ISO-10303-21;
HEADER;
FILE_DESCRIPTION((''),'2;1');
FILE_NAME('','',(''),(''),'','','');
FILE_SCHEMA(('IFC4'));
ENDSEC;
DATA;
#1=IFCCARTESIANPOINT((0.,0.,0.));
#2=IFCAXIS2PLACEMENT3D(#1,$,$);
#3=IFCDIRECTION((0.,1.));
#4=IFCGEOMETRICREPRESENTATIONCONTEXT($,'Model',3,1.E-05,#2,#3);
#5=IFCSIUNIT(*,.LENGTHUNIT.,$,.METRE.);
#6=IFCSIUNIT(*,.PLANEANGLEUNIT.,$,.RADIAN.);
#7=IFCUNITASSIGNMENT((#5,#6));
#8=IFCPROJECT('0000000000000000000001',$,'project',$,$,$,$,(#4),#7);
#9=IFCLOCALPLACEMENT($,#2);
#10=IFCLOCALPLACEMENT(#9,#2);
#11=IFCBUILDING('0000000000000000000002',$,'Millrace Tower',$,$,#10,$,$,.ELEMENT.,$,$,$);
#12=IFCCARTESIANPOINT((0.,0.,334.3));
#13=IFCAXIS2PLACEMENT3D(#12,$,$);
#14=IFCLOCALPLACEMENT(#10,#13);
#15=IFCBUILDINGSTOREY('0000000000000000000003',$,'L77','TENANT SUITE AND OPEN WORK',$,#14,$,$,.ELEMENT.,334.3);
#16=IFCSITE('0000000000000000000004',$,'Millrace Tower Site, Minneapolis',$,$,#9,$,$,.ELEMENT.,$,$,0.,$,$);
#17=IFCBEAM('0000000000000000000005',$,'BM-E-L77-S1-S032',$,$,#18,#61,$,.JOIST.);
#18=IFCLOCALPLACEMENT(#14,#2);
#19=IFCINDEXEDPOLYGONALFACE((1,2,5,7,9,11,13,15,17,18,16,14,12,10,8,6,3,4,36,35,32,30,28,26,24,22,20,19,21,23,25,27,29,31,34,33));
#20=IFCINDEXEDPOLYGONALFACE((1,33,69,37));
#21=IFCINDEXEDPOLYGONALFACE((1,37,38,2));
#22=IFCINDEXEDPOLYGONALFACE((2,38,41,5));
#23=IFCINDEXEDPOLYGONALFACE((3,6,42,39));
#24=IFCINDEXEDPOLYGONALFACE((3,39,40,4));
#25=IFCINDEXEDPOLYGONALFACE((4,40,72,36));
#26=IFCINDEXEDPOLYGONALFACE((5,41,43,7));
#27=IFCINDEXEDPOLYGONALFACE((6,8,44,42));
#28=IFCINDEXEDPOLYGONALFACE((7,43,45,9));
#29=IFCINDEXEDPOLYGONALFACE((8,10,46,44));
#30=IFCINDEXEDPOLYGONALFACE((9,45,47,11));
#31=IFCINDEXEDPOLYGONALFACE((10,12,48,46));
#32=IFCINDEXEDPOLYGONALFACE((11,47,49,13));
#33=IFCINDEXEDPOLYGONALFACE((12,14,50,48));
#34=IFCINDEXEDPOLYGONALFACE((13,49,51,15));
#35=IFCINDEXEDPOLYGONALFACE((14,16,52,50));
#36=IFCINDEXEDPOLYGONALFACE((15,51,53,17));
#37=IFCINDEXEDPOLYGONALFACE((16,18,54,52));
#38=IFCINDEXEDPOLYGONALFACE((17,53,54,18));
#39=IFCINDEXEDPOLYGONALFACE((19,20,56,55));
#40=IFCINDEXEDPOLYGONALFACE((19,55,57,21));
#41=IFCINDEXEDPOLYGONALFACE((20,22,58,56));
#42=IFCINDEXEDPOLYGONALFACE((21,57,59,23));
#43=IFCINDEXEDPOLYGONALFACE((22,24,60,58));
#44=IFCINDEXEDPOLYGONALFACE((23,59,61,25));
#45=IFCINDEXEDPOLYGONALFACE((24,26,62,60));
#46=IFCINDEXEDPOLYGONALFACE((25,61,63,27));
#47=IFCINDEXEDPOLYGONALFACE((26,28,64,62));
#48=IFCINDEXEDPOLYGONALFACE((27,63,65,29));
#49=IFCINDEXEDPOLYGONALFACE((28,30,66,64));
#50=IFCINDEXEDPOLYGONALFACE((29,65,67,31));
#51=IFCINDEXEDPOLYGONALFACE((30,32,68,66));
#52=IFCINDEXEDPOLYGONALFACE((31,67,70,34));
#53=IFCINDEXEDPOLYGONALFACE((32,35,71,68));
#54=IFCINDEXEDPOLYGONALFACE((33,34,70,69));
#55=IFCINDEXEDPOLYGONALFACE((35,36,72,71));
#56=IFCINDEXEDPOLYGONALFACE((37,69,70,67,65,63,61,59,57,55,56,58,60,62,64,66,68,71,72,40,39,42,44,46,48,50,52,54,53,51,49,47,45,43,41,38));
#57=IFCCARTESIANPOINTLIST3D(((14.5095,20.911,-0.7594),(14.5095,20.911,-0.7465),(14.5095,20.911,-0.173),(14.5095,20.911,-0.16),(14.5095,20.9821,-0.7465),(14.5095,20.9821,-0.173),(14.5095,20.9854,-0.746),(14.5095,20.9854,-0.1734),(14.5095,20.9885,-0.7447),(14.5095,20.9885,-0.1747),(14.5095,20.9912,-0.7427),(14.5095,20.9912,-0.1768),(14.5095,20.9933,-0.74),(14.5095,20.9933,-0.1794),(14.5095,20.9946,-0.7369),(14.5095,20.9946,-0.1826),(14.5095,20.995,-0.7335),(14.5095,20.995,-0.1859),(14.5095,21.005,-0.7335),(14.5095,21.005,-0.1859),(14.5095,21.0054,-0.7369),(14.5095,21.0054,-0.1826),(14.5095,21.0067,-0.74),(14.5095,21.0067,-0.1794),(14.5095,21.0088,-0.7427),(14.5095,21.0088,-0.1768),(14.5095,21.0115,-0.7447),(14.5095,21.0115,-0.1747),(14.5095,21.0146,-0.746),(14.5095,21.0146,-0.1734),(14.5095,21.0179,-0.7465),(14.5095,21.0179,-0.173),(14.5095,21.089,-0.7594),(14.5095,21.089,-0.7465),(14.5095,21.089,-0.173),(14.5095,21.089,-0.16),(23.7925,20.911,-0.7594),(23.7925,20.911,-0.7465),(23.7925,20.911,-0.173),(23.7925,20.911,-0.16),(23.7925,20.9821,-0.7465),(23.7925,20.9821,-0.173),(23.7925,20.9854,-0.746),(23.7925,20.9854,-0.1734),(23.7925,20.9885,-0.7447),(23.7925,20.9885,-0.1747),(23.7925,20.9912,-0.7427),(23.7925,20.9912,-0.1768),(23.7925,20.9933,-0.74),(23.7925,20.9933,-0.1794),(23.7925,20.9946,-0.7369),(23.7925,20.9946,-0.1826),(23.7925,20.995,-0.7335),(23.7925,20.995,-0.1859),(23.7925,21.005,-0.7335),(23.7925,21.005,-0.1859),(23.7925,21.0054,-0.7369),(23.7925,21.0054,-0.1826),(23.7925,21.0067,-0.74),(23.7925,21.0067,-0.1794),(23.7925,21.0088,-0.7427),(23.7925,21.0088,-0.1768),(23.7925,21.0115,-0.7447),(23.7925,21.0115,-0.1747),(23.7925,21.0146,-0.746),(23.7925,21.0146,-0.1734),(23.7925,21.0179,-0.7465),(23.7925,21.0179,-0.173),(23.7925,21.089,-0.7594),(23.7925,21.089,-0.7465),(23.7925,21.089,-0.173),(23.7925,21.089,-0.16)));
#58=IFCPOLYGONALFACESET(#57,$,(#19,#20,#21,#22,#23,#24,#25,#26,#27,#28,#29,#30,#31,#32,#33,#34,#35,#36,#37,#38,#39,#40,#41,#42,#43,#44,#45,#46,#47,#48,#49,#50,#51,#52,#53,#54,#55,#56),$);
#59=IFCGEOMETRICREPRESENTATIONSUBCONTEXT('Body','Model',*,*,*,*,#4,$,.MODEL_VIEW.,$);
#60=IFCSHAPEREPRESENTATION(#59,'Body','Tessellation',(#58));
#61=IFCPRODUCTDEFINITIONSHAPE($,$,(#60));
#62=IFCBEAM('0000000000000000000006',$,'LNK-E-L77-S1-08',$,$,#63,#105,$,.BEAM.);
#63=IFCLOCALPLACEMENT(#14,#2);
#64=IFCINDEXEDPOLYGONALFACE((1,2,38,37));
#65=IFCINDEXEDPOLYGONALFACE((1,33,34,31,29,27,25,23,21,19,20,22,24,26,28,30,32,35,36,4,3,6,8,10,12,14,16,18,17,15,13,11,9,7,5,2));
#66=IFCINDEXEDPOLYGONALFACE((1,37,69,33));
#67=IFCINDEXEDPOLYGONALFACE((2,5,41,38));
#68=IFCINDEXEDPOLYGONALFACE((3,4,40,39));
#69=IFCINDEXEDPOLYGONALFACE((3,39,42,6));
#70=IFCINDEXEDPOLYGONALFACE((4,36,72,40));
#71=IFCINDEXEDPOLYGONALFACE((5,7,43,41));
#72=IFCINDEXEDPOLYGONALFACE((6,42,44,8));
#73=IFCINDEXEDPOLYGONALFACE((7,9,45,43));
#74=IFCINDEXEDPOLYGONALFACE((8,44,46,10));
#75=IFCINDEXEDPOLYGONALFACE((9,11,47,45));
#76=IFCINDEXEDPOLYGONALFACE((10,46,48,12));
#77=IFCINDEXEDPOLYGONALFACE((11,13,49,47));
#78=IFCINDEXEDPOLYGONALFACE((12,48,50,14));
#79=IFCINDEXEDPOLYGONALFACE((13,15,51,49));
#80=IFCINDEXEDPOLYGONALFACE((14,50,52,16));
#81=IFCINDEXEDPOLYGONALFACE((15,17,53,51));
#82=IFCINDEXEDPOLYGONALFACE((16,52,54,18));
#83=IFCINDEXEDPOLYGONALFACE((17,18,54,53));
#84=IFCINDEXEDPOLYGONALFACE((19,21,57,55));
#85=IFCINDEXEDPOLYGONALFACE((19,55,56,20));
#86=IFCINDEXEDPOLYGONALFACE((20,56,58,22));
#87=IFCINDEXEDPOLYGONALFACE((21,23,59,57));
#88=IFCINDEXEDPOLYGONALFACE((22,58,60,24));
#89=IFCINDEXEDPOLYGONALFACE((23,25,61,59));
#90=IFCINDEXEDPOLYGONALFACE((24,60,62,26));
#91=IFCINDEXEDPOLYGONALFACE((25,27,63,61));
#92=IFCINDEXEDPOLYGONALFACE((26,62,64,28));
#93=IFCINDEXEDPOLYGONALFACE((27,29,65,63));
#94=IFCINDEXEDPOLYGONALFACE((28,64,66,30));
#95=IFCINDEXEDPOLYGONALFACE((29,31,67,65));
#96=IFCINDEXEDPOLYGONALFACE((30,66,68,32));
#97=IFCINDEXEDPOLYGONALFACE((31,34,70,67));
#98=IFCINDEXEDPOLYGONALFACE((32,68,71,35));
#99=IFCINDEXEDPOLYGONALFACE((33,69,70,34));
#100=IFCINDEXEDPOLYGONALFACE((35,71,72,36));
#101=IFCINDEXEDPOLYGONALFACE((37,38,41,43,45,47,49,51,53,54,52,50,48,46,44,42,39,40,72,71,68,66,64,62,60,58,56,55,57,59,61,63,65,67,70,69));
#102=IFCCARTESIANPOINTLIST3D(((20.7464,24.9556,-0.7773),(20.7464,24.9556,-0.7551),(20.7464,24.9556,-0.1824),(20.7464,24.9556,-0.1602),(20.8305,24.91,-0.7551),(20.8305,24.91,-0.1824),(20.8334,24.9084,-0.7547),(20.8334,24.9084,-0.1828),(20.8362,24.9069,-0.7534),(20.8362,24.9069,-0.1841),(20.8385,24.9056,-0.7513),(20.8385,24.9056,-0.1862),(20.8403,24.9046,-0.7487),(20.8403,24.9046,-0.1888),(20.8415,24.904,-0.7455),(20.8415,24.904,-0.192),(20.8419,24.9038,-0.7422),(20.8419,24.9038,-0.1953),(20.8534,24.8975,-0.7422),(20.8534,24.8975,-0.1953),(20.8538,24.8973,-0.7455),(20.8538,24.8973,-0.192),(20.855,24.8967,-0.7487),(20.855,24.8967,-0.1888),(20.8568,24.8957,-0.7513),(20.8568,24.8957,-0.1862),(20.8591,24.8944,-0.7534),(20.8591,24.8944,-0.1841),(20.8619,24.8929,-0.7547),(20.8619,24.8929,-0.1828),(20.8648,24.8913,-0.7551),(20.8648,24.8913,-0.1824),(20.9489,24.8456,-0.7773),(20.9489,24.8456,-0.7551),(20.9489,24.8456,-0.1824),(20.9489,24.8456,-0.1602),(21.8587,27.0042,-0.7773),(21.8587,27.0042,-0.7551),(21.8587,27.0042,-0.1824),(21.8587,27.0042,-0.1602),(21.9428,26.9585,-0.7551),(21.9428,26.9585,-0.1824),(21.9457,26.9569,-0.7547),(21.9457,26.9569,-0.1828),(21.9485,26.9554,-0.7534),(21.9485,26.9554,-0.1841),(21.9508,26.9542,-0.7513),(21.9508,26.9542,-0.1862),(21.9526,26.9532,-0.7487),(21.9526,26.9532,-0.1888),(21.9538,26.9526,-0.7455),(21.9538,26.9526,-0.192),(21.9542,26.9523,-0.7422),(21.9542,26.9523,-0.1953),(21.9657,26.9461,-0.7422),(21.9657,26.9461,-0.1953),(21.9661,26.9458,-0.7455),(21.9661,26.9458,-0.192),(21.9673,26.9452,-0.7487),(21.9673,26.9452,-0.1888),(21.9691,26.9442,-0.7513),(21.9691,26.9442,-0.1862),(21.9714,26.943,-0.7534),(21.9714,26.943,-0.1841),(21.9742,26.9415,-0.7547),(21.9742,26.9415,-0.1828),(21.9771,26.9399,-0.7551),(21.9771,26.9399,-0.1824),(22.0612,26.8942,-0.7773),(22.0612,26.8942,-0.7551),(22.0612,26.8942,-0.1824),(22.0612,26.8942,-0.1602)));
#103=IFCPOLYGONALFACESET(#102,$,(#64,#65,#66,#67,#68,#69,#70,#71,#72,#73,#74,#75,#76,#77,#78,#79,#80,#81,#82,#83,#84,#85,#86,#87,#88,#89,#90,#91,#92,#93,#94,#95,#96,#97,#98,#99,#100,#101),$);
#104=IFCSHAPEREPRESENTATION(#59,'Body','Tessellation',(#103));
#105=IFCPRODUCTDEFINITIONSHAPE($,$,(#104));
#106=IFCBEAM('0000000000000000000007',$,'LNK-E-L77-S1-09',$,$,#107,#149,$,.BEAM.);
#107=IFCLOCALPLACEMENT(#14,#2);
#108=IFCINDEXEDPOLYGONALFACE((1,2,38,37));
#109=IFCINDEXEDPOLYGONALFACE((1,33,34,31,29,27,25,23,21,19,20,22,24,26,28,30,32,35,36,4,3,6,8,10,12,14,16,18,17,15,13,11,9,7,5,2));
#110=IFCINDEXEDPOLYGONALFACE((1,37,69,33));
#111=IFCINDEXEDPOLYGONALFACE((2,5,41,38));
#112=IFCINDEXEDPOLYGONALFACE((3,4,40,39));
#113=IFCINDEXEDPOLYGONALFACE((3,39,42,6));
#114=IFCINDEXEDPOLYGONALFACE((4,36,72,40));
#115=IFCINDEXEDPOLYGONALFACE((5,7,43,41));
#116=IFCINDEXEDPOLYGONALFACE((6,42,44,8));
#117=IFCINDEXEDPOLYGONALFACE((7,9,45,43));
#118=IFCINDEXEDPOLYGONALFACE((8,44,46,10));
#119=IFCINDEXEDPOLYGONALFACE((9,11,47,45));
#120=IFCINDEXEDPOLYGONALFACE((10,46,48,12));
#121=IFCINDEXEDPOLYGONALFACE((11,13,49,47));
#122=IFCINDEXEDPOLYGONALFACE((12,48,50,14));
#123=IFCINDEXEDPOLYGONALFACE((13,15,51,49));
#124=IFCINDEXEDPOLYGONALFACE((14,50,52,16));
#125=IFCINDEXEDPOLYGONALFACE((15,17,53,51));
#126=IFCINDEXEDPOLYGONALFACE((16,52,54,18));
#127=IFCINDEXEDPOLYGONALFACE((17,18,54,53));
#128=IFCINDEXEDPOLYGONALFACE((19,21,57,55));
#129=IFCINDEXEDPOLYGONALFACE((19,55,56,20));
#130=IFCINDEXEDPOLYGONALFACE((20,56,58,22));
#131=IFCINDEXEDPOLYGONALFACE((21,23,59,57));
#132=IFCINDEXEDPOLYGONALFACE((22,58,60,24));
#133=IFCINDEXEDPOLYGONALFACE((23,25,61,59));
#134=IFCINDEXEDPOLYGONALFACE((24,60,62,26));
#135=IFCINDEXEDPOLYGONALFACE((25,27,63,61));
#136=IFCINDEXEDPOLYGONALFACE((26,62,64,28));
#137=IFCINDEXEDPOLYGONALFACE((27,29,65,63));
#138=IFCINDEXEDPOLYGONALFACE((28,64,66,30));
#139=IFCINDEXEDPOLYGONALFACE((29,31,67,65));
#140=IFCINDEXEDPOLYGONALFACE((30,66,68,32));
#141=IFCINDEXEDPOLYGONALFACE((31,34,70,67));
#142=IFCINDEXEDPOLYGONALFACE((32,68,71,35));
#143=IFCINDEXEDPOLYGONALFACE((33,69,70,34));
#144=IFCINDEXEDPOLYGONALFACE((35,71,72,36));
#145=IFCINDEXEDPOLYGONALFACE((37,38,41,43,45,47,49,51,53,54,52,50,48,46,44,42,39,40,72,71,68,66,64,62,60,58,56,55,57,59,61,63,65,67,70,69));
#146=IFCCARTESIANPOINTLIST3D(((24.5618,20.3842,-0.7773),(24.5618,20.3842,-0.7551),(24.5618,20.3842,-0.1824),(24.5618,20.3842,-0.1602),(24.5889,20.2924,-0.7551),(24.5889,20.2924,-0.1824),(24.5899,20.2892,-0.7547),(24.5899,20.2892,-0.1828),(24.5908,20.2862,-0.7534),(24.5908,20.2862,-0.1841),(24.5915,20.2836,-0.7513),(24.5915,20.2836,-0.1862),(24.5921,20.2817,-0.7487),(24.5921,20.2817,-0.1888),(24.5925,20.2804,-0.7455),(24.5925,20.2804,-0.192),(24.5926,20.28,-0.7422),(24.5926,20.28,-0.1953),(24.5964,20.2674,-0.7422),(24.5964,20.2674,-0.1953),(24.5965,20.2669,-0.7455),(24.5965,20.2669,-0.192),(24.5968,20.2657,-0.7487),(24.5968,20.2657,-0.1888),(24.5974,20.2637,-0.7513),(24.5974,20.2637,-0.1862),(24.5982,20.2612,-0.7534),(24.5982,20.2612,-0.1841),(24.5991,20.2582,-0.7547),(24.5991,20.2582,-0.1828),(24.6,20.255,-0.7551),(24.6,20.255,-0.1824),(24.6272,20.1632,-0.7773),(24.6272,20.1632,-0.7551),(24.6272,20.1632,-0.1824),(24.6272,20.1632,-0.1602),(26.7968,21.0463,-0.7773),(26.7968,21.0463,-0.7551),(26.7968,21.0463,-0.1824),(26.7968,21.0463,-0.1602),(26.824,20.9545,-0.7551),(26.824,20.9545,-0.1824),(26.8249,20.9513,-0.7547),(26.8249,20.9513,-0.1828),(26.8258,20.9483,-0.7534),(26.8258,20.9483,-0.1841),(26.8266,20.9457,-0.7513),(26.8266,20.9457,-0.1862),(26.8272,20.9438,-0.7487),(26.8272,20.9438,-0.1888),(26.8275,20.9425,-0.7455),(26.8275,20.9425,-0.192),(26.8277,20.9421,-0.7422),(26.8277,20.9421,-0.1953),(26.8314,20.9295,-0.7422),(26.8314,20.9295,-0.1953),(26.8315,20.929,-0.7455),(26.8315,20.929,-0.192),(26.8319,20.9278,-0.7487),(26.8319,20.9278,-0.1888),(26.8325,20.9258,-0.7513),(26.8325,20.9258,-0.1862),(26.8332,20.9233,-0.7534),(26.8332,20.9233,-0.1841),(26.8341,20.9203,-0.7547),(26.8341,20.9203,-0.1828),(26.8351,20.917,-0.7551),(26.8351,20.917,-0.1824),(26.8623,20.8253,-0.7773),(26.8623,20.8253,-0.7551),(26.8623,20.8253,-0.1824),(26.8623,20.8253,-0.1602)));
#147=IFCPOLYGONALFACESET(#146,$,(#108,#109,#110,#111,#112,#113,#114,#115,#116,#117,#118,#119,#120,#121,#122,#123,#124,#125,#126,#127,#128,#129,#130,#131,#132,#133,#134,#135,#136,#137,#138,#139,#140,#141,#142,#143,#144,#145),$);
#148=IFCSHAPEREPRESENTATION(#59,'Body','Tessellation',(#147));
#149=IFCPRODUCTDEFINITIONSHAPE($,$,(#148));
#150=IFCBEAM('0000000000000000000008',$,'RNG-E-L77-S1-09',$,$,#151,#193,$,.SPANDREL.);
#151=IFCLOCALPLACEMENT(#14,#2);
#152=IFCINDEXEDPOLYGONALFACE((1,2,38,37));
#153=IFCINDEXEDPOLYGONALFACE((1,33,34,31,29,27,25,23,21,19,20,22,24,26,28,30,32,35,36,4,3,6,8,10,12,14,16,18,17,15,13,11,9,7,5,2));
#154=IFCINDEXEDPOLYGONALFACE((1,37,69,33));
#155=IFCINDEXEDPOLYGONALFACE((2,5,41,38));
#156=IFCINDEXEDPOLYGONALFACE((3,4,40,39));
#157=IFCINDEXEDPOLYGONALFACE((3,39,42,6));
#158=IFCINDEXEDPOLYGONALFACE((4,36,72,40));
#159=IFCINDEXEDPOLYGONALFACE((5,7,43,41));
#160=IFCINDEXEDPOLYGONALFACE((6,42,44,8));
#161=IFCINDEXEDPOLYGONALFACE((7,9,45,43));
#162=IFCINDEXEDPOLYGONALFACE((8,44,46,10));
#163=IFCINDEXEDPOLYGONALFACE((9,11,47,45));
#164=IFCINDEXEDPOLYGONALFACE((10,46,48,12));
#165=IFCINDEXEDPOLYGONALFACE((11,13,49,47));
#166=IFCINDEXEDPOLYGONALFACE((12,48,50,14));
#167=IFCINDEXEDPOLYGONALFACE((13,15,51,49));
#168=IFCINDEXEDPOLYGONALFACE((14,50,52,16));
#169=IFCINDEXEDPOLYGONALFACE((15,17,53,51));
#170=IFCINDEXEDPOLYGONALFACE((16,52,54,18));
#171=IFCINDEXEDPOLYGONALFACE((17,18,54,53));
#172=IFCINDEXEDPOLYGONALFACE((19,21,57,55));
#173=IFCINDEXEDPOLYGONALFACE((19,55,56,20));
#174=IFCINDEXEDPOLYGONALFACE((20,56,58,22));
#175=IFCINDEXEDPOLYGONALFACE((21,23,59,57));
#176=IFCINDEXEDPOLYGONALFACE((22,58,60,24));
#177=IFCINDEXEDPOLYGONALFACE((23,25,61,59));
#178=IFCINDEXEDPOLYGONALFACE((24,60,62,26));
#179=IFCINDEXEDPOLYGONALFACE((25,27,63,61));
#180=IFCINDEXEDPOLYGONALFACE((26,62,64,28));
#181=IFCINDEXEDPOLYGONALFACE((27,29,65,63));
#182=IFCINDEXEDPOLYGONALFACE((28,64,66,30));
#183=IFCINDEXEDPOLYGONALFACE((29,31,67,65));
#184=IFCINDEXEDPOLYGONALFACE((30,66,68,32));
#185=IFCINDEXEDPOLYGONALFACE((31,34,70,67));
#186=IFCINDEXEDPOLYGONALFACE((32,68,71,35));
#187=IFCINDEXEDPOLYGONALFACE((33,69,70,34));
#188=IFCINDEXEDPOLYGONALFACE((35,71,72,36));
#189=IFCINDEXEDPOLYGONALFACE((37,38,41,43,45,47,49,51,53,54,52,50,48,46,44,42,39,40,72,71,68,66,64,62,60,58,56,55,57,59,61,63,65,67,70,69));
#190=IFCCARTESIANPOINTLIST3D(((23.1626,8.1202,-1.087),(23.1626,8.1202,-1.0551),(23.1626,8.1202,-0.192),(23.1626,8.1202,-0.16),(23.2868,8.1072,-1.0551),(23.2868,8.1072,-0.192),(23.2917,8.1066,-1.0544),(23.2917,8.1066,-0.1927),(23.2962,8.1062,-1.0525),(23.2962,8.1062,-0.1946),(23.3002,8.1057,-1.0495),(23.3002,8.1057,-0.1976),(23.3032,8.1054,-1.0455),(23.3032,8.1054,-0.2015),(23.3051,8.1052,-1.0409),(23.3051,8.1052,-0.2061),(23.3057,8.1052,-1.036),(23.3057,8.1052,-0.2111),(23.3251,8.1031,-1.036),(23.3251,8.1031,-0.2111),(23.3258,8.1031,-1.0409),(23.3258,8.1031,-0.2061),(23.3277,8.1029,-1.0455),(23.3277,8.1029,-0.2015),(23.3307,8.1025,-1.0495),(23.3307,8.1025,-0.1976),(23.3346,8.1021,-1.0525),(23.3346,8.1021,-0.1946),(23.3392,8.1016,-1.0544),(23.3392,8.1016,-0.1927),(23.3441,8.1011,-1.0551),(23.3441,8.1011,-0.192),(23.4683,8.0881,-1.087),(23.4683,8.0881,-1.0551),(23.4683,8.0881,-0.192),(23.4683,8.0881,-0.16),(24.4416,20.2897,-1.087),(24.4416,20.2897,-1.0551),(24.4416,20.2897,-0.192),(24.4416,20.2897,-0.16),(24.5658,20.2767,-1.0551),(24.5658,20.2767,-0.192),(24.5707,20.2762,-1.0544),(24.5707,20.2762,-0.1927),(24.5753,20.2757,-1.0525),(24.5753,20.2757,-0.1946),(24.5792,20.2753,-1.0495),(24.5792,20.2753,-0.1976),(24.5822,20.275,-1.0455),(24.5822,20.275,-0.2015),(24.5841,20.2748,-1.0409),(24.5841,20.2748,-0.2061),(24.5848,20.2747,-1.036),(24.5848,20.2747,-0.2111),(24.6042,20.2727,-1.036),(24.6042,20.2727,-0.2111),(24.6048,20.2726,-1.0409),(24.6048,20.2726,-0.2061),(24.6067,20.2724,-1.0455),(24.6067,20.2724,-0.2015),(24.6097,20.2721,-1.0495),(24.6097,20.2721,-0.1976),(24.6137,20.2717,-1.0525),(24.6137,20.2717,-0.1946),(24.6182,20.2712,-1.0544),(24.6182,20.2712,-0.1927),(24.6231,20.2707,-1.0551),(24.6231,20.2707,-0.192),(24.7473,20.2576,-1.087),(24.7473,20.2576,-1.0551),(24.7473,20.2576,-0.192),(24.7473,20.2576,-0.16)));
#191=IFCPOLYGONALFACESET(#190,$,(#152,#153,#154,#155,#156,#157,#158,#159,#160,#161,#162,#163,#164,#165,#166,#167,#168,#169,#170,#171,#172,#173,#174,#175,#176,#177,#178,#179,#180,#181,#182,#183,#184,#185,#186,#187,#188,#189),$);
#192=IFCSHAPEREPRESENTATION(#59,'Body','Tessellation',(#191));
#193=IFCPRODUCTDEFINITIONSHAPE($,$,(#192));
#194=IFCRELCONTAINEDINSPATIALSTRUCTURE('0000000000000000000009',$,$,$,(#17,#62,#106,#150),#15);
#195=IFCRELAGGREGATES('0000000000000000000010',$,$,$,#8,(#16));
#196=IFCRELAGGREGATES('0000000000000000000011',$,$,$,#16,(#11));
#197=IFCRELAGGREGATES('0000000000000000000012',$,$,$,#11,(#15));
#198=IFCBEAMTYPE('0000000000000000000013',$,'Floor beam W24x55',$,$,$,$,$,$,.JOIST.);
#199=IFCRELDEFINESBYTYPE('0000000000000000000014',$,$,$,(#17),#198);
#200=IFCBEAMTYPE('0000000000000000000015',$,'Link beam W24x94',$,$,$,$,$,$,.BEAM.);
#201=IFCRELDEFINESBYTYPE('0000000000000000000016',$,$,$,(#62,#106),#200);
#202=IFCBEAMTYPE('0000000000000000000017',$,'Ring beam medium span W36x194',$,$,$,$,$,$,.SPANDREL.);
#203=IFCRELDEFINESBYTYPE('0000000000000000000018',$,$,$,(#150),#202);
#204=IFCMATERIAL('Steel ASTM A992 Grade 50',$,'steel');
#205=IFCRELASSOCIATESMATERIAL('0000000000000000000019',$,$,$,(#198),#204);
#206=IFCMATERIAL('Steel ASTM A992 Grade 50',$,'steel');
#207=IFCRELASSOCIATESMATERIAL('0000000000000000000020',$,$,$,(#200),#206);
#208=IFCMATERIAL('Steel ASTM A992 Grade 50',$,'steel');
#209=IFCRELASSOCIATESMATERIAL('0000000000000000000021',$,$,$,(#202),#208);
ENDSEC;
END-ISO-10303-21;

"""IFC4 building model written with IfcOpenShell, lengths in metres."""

from ifc_helpers import new_model, si_unit, direction, frame, origin, origin_2d, place, context, subcontext, project, spatial, i_section, extrude, material, material_profile, profile_set, type_object, element, save


model = new_model("IFC4")

# Units and contexts
model_context = context("Model", 3, precision=1e-05, world=origin(), true_north=direction((0.0, 1.0)))
body_context = subcontext(model_context, "Body", "Model", "MODEL_VIEW")
ifc_project = project(units=[si_unit("LENGTHUNIT", "METRE"), si_unit("PLANEANGLEUNIT", "RADIAN")], contexts=[model_context])

# Site, building, storey
site_placement = place(None, origin())
site = spatial("IfcSite", under=ifc_project, at=site_placement, Name="Millrace Tower Site, Minneapolis", CompositionType="ELEMENT", RefElevation=0.0)
building_placement = place(site_placement, origin())
building = spatial("IfcBuilding", under=site, at=building_placement, Name="Millrace Tower", CompositionType="ELEMENT")
storey_placement = place(building_placement, frame((0.0, 0.0, 334.3)))
storey = spatial("IfcBuildingStorey", under=building, at=storey_placement, Name="L77", Description="TENANT SUITE AND OPEN WORK", CompositionType="ELEMENT", Elevation=334.3)

# Beams
ifc_material_1 = material(Name="Steel ASTM A992 Grade 50", Category="steel")
ifc_material_profile_1 = material_profile(ifc_material_1, i_section(OverallWidth=0.178, OverallDepth=0.5994, WebThickness=0.01, FlangeThickness=0.0129, FilletRadius=0.0129, at=origin_2d()))
ifc_profile_set_1 = profile_set([ifc_material_profile_1], Name="Steel ASTM A992 Grade 50")
beam_type_1 = type_object("IfcBeamType", Name="Floor beam W24x55", PredefinedType="JOIST", material=ifc_profile_set_1)
beam_1_placement = place(storey_placement, frame((14.5095, 21.0, -0.4597), z_axis=(1.0, 0.0, 0.0), x_axis=(0.0, 1.0, 0.0)))
element("IfcBeam", 1, at=beam_1_placement, inside=storey, type_object=beam_type_1, Name="BM-E-L77-S1-S032", PredefinedType="JOIST", context=body_context, shape_type="SweptSolid", body=[
    extrude(i_section(OverallWidth=0.178, OverallDepth=0.5994, WebThickness=0.01, FlangeThickness=0.0129, FilletRadius=0.0129, at=origin_2d()), origin(), (0.0, 0.0, 1.0), 9.283),
])
ifc_material_2 = material(Name="Steel ASTM A992 Grade 50", Category="steel")
ifc_material_profile_2 = material_profile(ifc_material_2, i_section(OverallWidth=0.2305, OverallDepth=0.6172, WebThickness=0.0132, FlangeThickness=0.0222, FilletRadius=0.0129, at=origin_2d()))
ifc_profile_set_2 = profile_set([ifc_material_profile_2], Name="Steel ASTM A992 Grade 50")
beam_type_2 = type_object("IfcBeamType", Name="Link beam W24x94", PredefinedType="BEAM", material=ifc_profile_set_2)
for number, where, z_axis, x_axis, name in (
    (2, (20.8477, 24.9006, -0.4688), (0.477164, 0.878815, 0.0), (-0.878815, 0.477164, 0.0), "LNK-E-L77-S1-08"),
    (3, (24.5945, 20.2737, -0.4688), (0.958815, 0.284031, 0.0), (-0.284031, 0.958815, 0.0), "LNK-E-L77-S1-09"),
):
    element("IfcBeam", number, at=place(storey_placement, frame(where, z_axis=z_axis, x_axis=x_axis)), inside=storey, type_object=beam_type_2, Name=name, PredefinedType="BEAM", context=body_context, shape_type="SweptSolid", body=[
        extrude(i_section(OverallWidth=0.2305, OverallDepth=0.6172, WebThickness=0.0132, FlangeThickness=0.0222, FilletRadius=0.0129, at=origin_2d()), origin(), (0.0, 0.0, 1.0), 2.3311),
    ])
ifc_material_3 = material(Name="Steel ASTM A992 Grade 50", Category="steel")
ifc_material_profile_3 = material_profile(ifc_material_3, i_section(OverallWidth=0.3074, OverallDepth=0.927, WebThickness=0.0195, FlangeThickness=0.032, FilletRadius=0.019, at=origin_2d()))
ifc_profile_set_3 = profile_set([ifc_material_profile_3], Name="Steel ASTM A992 Grade 50")
beam_type_3 = type_object("IfcBeamType", Name="Ring beam medium span W36x194", PredefinedType="SPANDREL", material=ifc_profile_set_3)
beam_2_placement = place(storey_placement, frame((24.5945, 20.2737, -0.6235), z_axis=(-0.104528, -0.994522, 0.0), x_axis=(0.994522, -0.104528, 0.0)))
element("IfcBeam", 4, at=beam_2_placement, inside=storey, type_object=beam_type_3, Name="RNG-E-L77-S1-09", PredefinedType="SPANDREL", context=body_context, shape_type="SweptSolid", body=[
    extrude(i_section(OverallWidth=0.3074, OverallDepth=0.927, WebThickness=0.0195, FlangeThickness=0.032, FilletRadius=0.019, at=origin_2d()), origin(), (0.0, 0.0, 1.0), 12.2366),
])

save(model, "model.ifc")
